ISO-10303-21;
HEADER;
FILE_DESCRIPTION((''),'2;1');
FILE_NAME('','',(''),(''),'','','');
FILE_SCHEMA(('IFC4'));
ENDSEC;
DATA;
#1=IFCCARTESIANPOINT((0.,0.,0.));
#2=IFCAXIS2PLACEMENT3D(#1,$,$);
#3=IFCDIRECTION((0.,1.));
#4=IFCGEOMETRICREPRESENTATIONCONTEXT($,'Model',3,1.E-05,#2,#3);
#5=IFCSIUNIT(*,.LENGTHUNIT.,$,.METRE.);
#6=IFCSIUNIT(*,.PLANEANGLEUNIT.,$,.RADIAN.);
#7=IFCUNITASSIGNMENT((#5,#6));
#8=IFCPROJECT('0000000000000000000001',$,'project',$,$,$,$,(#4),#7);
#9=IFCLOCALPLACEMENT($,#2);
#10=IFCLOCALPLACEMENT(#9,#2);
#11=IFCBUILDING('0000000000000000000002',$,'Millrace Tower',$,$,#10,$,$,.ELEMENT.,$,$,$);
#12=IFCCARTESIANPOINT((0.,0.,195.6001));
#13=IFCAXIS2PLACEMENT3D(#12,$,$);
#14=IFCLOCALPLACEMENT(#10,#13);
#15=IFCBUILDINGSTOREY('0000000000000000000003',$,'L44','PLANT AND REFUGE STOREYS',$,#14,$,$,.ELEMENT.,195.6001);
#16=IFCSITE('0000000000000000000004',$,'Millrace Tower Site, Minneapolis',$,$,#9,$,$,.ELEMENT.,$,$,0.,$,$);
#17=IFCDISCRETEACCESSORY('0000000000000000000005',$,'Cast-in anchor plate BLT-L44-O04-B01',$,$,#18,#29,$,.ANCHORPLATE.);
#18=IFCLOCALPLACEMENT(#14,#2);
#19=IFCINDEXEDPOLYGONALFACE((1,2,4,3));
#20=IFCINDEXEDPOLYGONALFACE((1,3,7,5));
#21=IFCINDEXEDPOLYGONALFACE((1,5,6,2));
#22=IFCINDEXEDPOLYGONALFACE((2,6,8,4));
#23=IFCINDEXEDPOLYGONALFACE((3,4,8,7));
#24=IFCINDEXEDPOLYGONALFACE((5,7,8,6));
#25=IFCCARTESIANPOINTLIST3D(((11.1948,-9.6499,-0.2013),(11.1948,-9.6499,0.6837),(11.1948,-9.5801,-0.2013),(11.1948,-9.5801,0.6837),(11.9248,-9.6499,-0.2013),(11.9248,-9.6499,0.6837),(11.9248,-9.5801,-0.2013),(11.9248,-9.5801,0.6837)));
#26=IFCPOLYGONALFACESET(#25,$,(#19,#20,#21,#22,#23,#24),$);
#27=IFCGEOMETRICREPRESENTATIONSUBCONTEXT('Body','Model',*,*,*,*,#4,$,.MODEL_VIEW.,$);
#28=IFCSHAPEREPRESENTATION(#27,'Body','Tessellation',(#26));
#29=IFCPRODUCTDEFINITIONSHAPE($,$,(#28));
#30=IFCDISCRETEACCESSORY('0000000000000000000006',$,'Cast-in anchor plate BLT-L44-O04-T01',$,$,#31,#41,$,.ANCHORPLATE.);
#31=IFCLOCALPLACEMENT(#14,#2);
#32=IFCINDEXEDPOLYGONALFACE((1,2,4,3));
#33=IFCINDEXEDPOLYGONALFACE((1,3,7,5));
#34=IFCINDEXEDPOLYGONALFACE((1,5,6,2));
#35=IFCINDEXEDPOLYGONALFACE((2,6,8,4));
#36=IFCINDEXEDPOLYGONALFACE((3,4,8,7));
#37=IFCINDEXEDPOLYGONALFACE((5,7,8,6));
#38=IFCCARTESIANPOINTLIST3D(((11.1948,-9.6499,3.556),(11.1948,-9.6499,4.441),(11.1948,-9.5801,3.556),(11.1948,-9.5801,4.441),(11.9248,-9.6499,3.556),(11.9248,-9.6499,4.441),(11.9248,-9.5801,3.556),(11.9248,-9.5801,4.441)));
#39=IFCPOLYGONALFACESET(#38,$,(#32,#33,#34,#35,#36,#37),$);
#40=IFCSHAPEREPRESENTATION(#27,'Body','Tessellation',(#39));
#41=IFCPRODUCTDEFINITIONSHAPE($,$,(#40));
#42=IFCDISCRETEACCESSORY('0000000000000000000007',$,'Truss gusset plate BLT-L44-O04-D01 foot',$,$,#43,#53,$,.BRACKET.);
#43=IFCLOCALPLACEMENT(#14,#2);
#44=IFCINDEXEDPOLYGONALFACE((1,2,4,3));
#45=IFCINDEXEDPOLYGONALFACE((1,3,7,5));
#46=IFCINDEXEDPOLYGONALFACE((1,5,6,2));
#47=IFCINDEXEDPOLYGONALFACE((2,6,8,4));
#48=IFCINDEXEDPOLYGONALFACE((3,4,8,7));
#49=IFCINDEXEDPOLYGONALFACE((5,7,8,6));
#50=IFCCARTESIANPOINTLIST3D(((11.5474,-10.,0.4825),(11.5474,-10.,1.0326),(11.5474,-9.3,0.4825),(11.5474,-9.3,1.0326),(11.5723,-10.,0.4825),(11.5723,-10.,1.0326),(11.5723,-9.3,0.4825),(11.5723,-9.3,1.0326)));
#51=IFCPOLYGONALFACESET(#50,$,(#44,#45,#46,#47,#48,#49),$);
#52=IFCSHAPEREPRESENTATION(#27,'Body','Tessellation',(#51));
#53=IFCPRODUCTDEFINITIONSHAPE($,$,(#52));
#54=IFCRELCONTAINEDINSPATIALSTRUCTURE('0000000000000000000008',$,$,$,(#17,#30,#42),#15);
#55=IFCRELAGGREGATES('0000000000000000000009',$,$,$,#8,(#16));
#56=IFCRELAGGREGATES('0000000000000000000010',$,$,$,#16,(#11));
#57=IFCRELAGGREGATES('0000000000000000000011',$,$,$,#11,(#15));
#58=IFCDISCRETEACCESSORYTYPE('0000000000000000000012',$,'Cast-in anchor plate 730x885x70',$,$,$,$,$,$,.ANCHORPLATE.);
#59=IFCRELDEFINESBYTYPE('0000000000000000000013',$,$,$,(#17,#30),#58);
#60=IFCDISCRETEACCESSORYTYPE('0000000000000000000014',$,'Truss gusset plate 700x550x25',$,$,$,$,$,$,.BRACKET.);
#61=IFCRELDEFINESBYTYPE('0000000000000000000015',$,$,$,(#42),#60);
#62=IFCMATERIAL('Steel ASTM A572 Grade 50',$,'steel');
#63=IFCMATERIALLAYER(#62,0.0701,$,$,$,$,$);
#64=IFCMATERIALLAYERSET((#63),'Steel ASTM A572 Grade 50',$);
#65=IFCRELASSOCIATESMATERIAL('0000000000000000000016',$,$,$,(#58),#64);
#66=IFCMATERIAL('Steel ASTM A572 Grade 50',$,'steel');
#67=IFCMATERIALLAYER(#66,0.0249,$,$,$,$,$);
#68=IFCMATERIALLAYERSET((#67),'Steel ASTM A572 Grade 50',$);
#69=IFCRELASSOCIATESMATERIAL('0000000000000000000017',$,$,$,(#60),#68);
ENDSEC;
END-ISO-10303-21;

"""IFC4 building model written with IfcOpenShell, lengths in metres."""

from ifc_helpers import new_model, si_unit, direction, frame, origin, origin_2d, place, context, subcontext, project, spatial, rectangle, extrude, material, layer, layer_set, type_object, element, save


model = new_model("IFC4")

# Units and contexts
model_context = context("Model", 3, precision=1e-05, world=origin(), true_north=direction((0.0, 1.0)))
body_context = subcontext(model_context, "Body", "Model", "MODEL_VIEW")
ifc_project = project(units=[si_unit("LENGTHUNIT", "METRE"), si_unit("PLANEANGLEUNIT", "RADIAN")], contexts=[model_context])

# Site, building, storey
site_placement = place(None, origin())
site = spatial("IfcSite", under=ifc_project, at=site_placement, Name="Millrace Tower Site, Minneapolis", CompositionType="ELEMENT", RefElevation=0.0)
building_placement = place(site_placement, origin())
building = spatial("IfcBuilding", under=site, at=building_placement, Name="Millrace Tower", CompositionType="ELEMENT")
storey_placement = place(building_placement, frame((0.0, 0.0, 195.6001)))
storey = spatial("IfcBuildingStorey", under=building, at=storey_placement, Name="L44", Description="PLANT AND REFUGE STOREYS", CompositionType="ELEMENT", Elevation=195.6001)

# Discrete accessories
ifc_material_1 = material(Name="Steel ASTM A572 Grade 50", Category="steel")
ifc_layer_1 = layer(ifc_material_1, 0.0701)
ifc_layer_set_1 = layer_set([ifc_layer_1], Name="Steel ASTM A572 Grade 50")
discrete_accessory_type_1 = type_object("IfcDiscreteAccessoryType", Name="Cast-in anchor plate 730x885x70", PredefinedType="ANCHORPLATE", material=ifc_layer_set_1)
for number, where, z_axis, x_axis, name in (
    (1, (11.5598, -9.5801, 0.2412), (0.0, -1.0, 0.0), (1.0, 0.0, 0.0), "Cast-in anchor plate BLT-L44-O04-B01"),
    (2, (11.5598, -9.5801, 3.9985), (0.0, -1.0, 0.0), (1.0, 0.0, 0.0), "Cast-in anchor plate BLT-L44-O04-T01"),
):
    element("IfcDiscreteAccessory", number, at=place(storey_placement, frame(where, z_axis=z_axis, x_axis=x_axis)), inside=storey, type_object=discrete_accessory_type_1, Name=name, PredefinedType="ANCHORPLATE", context=body_context, shape_type="SweptSolid", body=[
        extrude(rectangle(XDim=0.73, YDim=0.885, at=origin_2d()), origin(), (0.0, 0.0, 1.0), 0.0698),
    ])
ifc_material_2 = material(Name="Steel ASTM A572 Grade 50", Category="steel")
ifc_layer_2 = layer(ifc_material_2, 0.0249)
ifc_layer_set_2 = layer_set([ifc_layer_2], Name="Steel ASTM A572 Grade 50")
discrete_accessory_type_2 = type_object("IfcDiscreteAccessoryType", Name="Truss gusset plate 700x550x25", PredefinedType="BRACKET", material=ifc_layer_set_2)
discrete_accessory_placement = place(storey_placement, frame((11.5598, -10.0, 0.7576), z_axis=(0.0, 1.0, 0.0), x_axis=(-1.0, 0.0, 0.0)))
element("IfcDiscreteAccessory", 3, at=discrete_accessory_placement, inside=storey, type_object=discrete_accessory_type_2, Name="Truss gusset plate BLT-L44-O04-D01 foot", PredefinedType="BRACKET", context=body_context, shape_type="SweptSolid", body=[
    extrude(rectangle(XDim=0.0249, YDim=0.55, at=origin_2d()), origin(), (0.0, 0.0, 1.0), 0.7),
])

save(model, "model.ifc")
